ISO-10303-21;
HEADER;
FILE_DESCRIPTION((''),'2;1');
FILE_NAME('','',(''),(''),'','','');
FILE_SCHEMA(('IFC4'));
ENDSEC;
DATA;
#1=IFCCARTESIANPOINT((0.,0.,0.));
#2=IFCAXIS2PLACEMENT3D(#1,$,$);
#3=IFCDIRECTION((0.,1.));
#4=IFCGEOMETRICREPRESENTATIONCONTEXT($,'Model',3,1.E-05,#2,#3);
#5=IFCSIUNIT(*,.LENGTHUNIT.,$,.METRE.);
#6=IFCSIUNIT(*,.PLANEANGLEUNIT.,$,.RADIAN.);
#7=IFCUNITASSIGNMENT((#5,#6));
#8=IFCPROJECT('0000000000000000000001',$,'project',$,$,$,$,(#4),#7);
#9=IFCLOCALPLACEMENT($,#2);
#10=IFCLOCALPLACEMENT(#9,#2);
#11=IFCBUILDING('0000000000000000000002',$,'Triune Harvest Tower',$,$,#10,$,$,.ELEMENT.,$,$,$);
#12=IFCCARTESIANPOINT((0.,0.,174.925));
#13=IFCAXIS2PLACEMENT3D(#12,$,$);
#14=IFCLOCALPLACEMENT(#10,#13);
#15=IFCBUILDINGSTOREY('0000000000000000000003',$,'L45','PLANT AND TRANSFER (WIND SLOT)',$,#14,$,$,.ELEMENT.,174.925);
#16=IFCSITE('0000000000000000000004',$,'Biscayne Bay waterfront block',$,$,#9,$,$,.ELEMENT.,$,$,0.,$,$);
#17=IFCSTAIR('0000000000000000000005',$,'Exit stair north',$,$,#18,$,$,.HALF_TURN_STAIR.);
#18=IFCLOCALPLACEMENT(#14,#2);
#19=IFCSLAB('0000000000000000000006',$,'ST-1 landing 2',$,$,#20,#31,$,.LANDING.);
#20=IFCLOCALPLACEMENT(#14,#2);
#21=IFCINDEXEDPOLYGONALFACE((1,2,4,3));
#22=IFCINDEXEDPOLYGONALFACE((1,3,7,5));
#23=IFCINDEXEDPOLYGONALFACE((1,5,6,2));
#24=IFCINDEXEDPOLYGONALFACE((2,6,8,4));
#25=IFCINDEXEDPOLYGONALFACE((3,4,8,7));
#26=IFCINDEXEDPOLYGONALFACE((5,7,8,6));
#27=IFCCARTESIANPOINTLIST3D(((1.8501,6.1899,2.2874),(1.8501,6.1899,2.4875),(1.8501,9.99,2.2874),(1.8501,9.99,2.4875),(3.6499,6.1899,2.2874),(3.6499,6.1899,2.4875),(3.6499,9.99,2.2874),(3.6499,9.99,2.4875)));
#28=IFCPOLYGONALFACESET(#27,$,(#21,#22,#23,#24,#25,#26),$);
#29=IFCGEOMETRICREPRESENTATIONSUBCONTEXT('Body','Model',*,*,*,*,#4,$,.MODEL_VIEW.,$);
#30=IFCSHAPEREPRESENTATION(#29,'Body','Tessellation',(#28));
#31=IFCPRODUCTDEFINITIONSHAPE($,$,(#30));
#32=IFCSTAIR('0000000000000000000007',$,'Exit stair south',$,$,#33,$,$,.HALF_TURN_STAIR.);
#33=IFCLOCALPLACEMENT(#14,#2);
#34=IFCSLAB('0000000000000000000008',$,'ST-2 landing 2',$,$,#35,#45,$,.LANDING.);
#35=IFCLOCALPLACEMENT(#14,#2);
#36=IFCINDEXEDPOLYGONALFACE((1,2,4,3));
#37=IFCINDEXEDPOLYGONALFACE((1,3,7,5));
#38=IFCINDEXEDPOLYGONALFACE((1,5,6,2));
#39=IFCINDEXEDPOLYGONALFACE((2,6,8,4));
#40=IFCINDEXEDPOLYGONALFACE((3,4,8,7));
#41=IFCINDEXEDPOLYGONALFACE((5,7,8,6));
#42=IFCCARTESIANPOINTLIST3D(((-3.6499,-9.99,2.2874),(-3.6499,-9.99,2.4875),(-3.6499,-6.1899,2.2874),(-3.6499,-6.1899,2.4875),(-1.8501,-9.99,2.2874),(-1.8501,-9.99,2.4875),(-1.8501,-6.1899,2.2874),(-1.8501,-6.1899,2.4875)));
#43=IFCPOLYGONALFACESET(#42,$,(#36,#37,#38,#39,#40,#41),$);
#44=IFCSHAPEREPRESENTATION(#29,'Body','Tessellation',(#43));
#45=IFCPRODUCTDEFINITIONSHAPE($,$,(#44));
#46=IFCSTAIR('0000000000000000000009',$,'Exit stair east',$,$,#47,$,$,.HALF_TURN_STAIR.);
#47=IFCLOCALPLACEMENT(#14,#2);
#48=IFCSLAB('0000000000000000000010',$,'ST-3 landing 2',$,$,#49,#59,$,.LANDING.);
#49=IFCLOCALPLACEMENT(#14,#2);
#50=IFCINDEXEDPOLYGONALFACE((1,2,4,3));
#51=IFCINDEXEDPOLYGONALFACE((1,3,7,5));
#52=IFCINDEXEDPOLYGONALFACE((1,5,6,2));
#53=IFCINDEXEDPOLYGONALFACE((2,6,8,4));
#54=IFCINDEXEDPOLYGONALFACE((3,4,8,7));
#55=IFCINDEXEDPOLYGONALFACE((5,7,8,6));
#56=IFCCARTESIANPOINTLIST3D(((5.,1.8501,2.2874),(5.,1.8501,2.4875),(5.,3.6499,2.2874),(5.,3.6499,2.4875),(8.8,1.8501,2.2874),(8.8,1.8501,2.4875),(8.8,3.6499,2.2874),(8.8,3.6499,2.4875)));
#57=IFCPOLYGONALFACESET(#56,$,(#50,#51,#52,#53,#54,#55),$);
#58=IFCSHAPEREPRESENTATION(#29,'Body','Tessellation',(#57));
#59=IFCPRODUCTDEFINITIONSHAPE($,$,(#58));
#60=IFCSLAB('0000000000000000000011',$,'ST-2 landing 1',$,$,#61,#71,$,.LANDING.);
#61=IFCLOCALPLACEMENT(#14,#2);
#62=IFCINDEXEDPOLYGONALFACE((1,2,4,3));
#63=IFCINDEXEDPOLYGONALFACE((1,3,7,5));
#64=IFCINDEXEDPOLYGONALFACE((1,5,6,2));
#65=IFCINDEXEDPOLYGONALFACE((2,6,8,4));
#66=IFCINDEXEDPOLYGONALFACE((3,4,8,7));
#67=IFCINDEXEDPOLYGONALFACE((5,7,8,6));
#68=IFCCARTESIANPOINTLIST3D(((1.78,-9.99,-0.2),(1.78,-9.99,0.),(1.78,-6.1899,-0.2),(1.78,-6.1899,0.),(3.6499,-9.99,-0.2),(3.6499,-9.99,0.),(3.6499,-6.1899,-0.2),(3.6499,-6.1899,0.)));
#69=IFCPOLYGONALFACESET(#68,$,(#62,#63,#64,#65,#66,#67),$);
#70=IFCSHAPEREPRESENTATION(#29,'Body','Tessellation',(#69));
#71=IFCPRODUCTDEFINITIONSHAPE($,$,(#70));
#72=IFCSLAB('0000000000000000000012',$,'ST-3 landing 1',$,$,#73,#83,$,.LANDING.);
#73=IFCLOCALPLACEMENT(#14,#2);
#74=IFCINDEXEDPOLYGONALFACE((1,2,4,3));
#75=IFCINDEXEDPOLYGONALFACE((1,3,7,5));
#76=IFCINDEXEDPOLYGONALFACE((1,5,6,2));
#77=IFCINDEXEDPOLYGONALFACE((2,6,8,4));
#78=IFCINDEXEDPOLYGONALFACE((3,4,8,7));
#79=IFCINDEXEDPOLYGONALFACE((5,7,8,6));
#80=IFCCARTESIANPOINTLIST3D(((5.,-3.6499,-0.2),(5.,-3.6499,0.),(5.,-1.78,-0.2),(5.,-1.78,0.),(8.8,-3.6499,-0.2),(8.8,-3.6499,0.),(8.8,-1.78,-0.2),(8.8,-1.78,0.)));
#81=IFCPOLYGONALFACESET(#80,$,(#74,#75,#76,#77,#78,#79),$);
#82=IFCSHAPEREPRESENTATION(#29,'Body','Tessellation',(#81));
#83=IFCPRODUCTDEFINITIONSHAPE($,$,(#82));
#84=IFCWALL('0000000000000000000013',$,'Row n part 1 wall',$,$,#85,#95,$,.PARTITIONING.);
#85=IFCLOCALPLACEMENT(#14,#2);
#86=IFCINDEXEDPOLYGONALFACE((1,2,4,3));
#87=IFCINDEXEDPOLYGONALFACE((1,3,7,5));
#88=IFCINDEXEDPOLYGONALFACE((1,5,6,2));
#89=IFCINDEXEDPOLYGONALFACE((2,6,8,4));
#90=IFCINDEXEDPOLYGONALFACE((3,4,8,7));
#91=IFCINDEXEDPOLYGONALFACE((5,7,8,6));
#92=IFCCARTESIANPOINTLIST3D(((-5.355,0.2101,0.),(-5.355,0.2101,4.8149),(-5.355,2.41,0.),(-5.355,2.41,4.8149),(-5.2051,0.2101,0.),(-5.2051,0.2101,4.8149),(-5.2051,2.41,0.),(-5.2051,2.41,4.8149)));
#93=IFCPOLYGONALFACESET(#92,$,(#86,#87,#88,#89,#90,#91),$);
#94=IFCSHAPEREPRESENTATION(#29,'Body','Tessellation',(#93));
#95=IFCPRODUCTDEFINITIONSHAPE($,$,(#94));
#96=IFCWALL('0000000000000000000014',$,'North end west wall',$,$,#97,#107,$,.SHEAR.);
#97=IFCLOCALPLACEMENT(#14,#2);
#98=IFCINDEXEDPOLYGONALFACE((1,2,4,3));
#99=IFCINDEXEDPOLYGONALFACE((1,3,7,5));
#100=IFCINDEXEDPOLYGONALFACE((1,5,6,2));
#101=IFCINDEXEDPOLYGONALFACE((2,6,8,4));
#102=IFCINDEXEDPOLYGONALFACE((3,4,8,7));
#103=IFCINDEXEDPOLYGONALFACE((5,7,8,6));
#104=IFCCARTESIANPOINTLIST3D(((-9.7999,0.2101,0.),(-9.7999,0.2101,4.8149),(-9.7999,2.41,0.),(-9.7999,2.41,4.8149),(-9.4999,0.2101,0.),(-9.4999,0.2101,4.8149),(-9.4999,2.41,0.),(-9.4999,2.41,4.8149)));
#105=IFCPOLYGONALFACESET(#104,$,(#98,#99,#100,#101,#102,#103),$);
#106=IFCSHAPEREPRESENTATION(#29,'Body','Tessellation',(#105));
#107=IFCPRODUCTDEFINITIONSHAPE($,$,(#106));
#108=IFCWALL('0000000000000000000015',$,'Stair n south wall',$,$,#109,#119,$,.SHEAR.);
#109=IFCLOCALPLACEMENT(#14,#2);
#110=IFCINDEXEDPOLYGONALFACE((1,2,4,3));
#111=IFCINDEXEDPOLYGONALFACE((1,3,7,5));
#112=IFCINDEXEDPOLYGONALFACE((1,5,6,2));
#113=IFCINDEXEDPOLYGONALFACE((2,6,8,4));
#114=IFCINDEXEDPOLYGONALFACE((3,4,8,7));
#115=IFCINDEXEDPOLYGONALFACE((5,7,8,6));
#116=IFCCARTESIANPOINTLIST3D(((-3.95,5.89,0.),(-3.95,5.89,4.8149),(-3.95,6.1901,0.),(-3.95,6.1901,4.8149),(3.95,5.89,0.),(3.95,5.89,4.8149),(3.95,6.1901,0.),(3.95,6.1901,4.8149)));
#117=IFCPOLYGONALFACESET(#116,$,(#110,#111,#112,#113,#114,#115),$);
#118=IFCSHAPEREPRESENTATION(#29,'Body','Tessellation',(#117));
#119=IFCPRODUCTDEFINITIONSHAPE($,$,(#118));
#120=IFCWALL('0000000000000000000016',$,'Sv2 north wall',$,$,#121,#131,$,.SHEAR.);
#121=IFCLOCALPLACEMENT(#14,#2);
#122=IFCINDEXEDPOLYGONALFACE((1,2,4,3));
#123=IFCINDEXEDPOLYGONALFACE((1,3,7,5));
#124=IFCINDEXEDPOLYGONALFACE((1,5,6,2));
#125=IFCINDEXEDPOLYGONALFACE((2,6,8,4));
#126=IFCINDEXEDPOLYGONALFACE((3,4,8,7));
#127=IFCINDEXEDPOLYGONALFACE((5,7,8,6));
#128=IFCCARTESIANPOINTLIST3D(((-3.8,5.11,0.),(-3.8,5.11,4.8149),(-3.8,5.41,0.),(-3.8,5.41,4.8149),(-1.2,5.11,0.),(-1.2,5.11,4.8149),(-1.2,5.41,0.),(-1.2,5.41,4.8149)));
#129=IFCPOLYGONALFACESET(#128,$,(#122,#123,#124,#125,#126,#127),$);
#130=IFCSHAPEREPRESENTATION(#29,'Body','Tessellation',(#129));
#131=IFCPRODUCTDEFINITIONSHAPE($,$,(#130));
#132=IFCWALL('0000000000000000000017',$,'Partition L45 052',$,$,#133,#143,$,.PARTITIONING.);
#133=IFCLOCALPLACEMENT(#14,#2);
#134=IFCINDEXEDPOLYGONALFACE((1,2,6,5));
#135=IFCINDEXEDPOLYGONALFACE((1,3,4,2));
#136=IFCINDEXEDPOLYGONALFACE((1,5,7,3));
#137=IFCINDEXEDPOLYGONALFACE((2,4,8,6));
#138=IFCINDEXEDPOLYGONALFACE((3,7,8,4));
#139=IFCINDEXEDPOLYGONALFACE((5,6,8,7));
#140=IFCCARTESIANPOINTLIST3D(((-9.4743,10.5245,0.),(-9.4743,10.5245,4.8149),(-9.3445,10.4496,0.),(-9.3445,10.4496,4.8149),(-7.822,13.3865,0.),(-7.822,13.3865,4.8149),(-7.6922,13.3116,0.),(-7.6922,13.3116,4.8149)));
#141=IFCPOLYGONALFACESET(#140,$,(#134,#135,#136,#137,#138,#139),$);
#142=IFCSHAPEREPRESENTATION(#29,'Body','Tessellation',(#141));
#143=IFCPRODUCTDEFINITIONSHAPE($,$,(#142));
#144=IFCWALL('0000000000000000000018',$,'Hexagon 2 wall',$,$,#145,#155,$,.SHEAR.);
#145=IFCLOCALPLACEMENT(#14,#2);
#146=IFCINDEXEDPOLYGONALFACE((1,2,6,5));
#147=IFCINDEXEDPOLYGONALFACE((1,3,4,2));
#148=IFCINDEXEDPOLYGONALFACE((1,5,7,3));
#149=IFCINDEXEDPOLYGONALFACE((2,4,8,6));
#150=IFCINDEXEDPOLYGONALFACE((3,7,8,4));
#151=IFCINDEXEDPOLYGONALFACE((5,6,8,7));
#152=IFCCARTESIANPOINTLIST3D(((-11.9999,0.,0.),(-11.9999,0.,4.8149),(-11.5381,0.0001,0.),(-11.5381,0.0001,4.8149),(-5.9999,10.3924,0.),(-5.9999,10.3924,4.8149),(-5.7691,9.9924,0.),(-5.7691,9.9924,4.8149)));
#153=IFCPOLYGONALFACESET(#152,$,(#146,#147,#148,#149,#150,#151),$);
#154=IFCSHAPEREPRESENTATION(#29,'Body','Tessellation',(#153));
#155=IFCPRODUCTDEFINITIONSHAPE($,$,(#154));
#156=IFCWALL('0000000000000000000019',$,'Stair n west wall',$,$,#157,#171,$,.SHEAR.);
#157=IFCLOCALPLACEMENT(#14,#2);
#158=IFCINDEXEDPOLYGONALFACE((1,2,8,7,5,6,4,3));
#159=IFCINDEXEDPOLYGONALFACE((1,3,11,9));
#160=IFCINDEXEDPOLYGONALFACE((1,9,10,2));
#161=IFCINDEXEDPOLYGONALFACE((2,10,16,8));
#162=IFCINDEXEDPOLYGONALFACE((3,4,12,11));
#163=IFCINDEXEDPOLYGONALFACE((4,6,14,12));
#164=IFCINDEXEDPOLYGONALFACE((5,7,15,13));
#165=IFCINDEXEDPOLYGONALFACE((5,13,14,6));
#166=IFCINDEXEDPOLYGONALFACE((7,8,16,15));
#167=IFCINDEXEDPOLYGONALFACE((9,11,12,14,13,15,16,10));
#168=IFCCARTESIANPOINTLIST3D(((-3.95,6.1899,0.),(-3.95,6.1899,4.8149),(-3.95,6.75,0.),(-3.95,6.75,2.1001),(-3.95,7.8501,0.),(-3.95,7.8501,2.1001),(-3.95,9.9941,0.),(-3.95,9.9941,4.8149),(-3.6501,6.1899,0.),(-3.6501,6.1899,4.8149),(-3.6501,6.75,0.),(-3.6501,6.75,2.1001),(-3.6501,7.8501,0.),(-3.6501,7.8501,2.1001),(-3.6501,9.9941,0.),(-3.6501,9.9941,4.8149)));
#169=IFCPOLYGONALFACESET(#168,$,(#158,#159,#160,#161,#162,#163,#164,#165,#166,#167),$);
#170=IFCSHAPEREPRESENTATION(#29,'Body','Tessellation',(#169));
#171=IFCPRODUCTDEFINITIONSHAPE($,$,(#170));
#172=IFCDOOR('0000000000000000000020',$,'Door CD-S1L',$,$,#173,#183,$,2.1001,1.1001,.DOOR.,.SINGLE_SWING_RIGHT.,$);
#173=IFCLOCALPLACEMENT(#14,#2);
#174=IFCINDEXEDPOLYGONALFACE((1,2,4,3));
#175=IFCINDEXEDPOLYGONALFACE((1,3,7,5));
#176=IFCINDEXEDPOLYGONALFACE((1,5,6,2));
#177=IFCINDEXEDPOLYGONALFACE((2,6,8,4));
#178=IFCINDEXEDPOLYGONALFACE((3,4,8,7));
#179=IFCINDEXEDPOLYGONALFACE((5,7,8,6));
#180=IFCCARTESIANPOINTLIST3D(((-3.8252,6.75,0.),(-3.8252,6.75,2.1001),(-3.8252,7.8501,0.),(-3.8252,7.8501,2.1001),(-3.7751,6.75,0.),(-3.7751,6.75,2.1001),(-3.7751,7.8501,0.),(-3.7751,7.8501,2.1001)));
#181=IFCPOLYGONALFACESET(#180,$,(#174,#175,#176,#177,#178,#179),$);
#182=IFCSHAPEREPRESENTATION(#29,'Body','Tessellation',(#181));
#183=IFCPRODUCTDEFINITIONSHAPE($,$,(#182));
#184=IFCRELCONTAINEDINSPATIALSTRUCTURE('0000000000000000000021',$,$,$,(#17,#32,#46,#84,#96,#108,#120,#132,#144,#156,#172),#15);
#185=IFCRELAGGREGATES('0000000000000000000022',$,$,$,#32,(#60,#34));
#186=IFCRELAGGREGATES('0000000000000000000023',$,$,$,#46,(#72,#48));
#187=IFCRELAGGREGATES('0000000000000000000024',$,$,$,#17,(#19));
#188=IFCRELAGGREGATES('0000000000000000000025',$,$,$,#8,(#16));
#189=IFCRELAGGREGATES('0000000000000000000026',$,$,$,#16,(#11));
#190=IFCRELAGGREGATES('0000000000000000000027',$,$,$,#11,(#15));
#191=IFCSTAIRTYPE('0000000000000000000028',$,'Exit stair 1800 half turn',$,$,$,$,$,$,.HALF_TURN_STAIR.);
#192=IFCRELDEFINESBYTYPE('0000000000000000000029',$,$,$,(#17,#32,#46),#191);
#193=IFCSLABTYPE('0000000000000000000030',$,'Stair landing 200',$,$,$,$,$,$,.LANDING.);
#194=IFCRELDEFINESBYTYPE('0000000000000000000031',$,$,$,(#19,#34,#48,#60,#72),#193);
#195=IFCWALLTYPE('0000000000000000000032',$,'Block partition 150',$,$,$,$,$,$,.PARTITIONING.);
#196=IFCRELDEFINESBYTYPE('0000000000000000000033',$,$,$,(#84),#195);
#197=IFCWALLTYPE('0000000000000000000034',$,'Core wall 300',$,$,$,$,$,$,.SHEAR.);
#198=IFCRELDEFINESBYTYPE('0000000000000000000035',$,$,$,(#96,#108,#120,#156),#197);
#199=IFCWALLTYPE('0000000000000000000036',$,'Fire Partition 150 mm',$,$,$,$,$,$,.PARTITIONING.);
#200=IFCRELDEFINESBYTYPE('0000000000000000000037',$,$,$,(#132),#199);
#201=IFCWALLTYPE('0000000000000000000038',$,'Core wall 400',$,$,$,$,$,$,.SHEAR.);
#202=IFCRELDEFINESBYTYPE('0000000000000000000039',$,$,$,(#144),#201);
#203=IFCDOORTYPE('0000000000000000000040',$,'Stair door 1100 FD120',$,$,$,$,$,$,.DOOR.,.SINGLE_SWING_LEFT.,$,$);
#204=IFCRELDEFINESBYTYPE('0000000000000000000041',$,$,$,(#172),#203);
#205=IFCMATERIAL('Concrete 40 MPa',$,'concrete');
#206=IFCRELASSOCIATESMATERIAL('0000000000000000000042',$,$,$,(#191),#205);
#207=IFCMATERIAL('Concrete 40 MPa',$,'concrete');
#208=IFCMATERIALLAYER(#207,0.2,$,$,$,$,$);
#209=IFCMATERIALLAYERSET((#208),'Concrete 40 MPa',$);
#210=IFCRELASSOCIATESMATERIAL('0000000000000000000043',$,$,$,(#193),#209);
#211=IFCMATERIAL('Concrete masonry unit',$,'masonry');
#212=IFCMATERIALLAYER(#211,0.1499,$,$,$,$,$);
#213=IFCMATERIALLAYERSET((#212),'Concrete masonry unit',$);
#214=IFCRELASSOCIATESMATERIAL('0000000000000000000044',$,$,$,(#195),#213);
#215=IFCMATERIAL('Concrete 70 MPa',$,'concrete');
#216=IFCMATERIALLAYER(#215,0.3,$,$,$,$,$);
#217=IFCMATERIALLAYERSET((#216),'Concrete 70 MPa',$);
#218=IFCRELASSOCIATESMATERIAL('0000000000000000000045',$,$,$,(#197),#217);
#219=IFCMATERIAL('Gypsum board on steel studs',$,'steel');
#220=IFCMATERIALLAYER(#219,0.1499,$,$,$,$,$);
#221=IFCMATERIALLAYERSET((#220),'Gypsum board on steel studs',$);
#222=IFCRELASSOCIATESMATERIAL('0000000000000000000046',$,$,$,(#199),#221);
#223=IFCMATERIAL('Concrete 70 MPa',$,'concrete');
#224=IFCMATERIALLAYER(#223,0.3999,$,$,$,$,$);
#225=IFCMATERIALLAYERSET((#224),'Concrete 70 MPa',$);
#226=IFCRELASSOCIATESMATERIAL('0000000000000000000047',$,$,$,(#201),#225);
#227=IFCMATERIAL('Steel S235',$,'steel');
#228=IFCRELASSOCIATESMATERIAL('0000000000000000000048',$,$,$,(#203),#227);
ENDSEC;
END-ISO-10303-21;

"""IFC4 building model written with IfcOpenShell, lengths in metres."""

from ifc_helpers import new_model, si_unit, direction, frame, frame_2d, origin, place, context, subcontext, project, spatial, polyline, rectangle, outline, extrude, source, transform, mapped, material, layer, layer_set, type_object, element, fill, aggregate, save


model = new_model("IFC4")

# Units and contexts
model_context = context("Model", 3, precision=1e-05, world=origin(), true_north=direction((0.0, 1.0)))
body_context = subcontext(model_context, "Body", "Model", "MODEL_VIEW")
ifc_project = project(units=[si_unit("LENGTHUNIT", "METRE"), si_unit("PLANEANGLEUNIT", "RADIAN")], contexts=[model_context])

# Site, building, storey
site_placement = place(None, origin())
site = spatial("IfcSite", under=ifc_project, at=site_placement, Name="Biscayne Bay waterfront block", CompositionType="ELEMENT", RefElevation=0.0)
building_placement = place(site_placement, origin())
building = spatial("IfcBuilding", under=site, at=building_placement, Name="Triune Harvest Tower", CompositionType="ELEMENT")
storey_placement = place(building_placement, frame((0.0, 0.0, 174.925)))
storey = spatial("IfcBuildingStorey", under=building, at=storey_placement, Name="L45", Description="PLANT AND TRANSFER (WIND SLOT)", CompositionType="ELEMENT", Elevation=174.925)

# Stairs, slabs
ifc_material_1 = material(Name="Concrete 40 MPa", Category="concrete")
stair_type = type_object("IfcStairType", Name="Exit stair 1800 half turn", PredefinedType="HALF_TURN_STAIR", material=ifc_material_1)
stair_1_placement = place(storey_placement, origin())
stair_1 = element("IfcStair", 1, at=stair_1_placement, inside=storey, type_object=stair_type, Name="Exit stair north", PredefinedType="HALF_TURN_STAIR")
ifc_material_2 = material(Name="Concrete 40 MPa", Category="concrete")
ifc_layer_1 = layer(ifc_material_2, 0.2)
ifc_layer_set_1 = layer_set([ifc_layer_1], Name="Concrete 40 MPa")
slab_type = type_object("IfcSlabType", Name="Stair landing 200", PredefinedType="LANDING", material=ifc_layer_set_1)
slab_1_placement = place(storey_placement, frame((0.0, 0.0, 2.2874)))
slab_1 = element("IfcSlab", 2, at=slab_1_placement, type_object=slab_type, Name="ST-1 landing 2", PredefinedType="LANDING", context=body_context, shape_type="SweptSolid", body=[
    extrude(outline(polyline([(1.8501, 6.1899), (3.6499, 6.1899), (3.6499, 9.99), (1.8501, 9.99), (1.8501, 6.1899)])), origin(), (0.0, 0.0, 1.0), 0.2002),
])
stair_2_placement = place(storey_placement, origin())
stair_2 = element("IfcStair", 3, at=stair_2_placement, inside=storey, type_object=stair_type, Name="Exit stair south", PredefinedType="HALF_TURN_STAIR")
slab_2_placement = place(storey_placement, frame((0.0, 0.0, 2.2874)))
slab_2 = element("IfcSlab", 4, at=slab_2_placement, type_object=slab_type, Name="ST-2 landing 2", PredefinedType="LANDING", context=body_context, shape_type="SweptSolid", body=[
    extrude(outline(polyline([(-1.8501, -6.1899), (-3.6499, -6.1899), (-3.6499, -9.99), (-1.8501, -9.99), (-1.8501, -6.1899)])), origin(), (0.0, 0.0, 1.0), 0.2002),
])
stair_3_placement = place(storey_placement, origin())
stair_3 = element("IfcStair", 5, at=stair_3_placement, inside=storey, type_object=stair_type, Name="Exit stair east", PredefinedType="HALF_TURN_STAIR")
slab_3_placement = place(storey_placement, frame((0.0, 0.0, 2.2874)))
slab_3 = element("IfcSlab", 6, at=slab_3_placement, type_object=slab_type, Name="ST-3 landing 2", PredefinedType="LANDING", context=body_context, shape_type="SweptSolid", body=[
    extrude(outline(polyline([(8.8, 1.8501), (8.8, 3.6499), (5.0, 3.6499), (5.0, 1.8501), (8.8, 1.8501)])), origin(), (0.0, 0.0, 1.0), 0.2002),
])

# Slabs
shared_shape_1 = source(origin(), body_context, "Body", "SweptSolid", [
    extrude(outline(polyline([(3.6499, -6.1899), (1.78, -6.1899), (1.78, -9.99), (3.6499, -9.99), (3.6499, -6.1899)])), origin(), (0.0, 0.0, 1.0), 0.2),
])
slab_4_placement = place(storey_placement, frame((0.0, 0.0, -0.2)))
slab_4 = element("IfcSlab", 7, at=slab_4_placement, type_object=slab_type, Name="ST-2 landing 1", PredefinedType="LANDING", context=body_context, shape_type="MappedRepresentation", body=[
    mapped(shared_shape_1, transform((0.0, 0.0, 0.0), scale=1.0)),
])
aggregate(stair_2, [slab_4, slab_2])
shared_shape_2 = source(origin(), body_context, "Body", "SweptSolid", [
    extrude(outline(polyline([(8.8, -3.6499), (8.8, -1.78), (5.0, -1.78), (5.0, -3.6499), (8.8, -3.6499)])), origin(), (0.0, 0.0, 1.0), 0.2),
])
slab_5_placement = place(storey_placement, frame((0.0, 0.0, -0.2)))
slab_5 = element("IfcSlab", 8, at=slab_5_placement, type_object=slab_type, Name="ST-3 landing 1", PredefinedType="LANDING", context=body_context, shape_type="MappedRepresentation", body=[
    mapped(shared_shape_2, transform((0.0, 0.0, 0.0), scale=1.0)),
])
aggregate(stair_3, [slab_5, slab_3])

# Walls
ifc_material_3 = material(Name="Concrete masonry unit", Category="masonry")
ifc_layer_2 = layer(ifc_material_3, 0.1499)
ifc_layer_set_2 = layer_set([ifc_layer_2], Name="Concrete masonry unit")
wall_type_1 = type_object("IfcWallType", Name="Block partition 150", PredefinedType="PARTITIONING", material=ifc_layer_set_2)
wall_1_placement = place(storey_placement, frame((-5.28, 0.21, 0.0), z_axis=(0.0, 0.0, 1.0), x_axis=(0.0, 1.0, 0.0)))
element("IfcWall", 9, at=wall_1_placement, inside=storey, type_object=wall_type_1, Name="Row n part 1 wall", PredefinedType="PARTITIONING", context=body_context, shape_type="SweptSolid", body=[
    extrude(rectangle(XDim=2.2, YDim=0.1499, at=frame_2d((1.1001, 0.0))), origin(), (0.0, 0.0, 1.0), 4.8149),
])
ifc_material_4 = material(Name="Concrete 70 MPa", Category="concrete")
ifc_layer_3 = layer(ifc_material_4, 0.3)
ifc_layer_set_3 = layer_set([ifc_layer_3], Name="Concrete 70 MPa")
wall_type_2 = type_object("IfcWallType", Name="Core wall 300", PredefinedType="SHEAR", material=ifc_layer_set_3)
wall_2_placement = place(storey_placement, frame((-9.6499, 0.21, 0.0), z_axis=(0.0, 0.0, 1.0), x_axis=(0.0, 1.0, 0.0)))
element("IfcWall", 10, at=wall_2_placement, inside=storey, type_object=wall_type_2, Name="North end west wall", PredefinedType="SHEAR", context=body_context, shape_type="SweptSolid", body=[
    extrude(rectangle(XDim=2.2, YDim=0.3, at=frame_2d((1.1001, 0.0))), origin(), (0.0, 0.0, 1.0), 4.8149),
])
wall_3_placement = place(storey_placement, frame((-3.95, 6.04, 0.0), z_axis=(0.0, 0.0, 1.0), x_axis=(1.0, 0.0, 0.0)))
element("IfcWall", 11, at=wall_3_placement, inside=storey, type_object=wall_type_2, Name="Stair n south wall", PredefinedType="SHEAR", context=body_context, shape_type="SweptSolid", body=[
    extrude(rectangle(XDim=7.8999, YDim=0.3, at=frame_2d((3.95, 0.0))), origin(), (0.0, 0.0, 1.0), 4.8149),
])
wall_4_placement = place(storey_placement, frame((-3.8, 5.26, 0.0), z_axis=(0.0, 0.0, 1.0), x_axis=(1.0, 0.0, 0.0)))
element("IfcWall", 12, at=wall_4_placement, inside=storey, type_object=wall_type_2, Name="Sv2 north wall", PredefinedType="SHEAR", context=body_context, shape_type="SweptSolid", body=[
    extrude(rectangle(XDim=2.6001, YDim=0.3, at=frame_2d((1.3, 0.0))), origin(), (0.0, 0.0, 1.0), 4.8149),
])
ifc_material_5 = material(Name="Gypsum board on steel studs", Category="steel")
ifc_layer_4 = layer(ifc_material_5, 0.1499)
ifc_layer_set_4 = layer_set([ifc_layer_4], Name="Gypsum board on steel studs")
wall_type_3 = type_object("IfcWallType", Name="Fire Partition 150 mm", PredefinedType="PARTITIONING", material=ifc_layer_set_4)
wall_5_placement = place(storey_placement, frame((-9.4094, 10.4871, 0.0), z_axis=(0.0, 0.0, 1.0), x_axis=(0.499985, 0.866034, 0.0)))
element("IfcWall", 13, at=wall_5_placement, inside=storey, type_object=wall_type_3, Name="Partition L45 052", PredefinedType="PARTITIONING", context=body_context, shape_type="SweptSolid", body=[
    extrude(rectangle(XDim=3.3047, YDim=0.1499, at=frame_2d((1.6523, 0.0))), origin(), (0.0, 0.0, 1.0), 4.8149),
])
ifc_material_6 = material(Name="Concrete 70 MPa", Category="concrete")
ifc_layer_5 = layer(ifc_material_6, 0.3999)
ifc_layer_set_5 = layer_set([ifc_layer_5], Name="Concrete 70 MPa")
wall_type_4 = type_object("IfcWallType", Name="Core wall 400", PredefinedType="SHEAR", material=ifc_layer_set_5)
shared_shape_3 = source(origin(), body_context, "Body", "SweptSolid", [
    extrude(outline(polyline([(-0.1155, -0.2), (11.8845, -0.2), (11.6536, 0.2), (0.1155, 0.2), (-0.1155, -0.2)])), origin(), (0.0, 0.0, 1.0), 4.8149),
])
wall_6_placement = place(storey_placement, frame((-5.8845, 10.1924, 0.0), z_axis=(0.0, 0.0, 1.0), x_axis=(-0.499997, -0.866027, 0.0)))
element("IfcWall", 14, at=wall_6_placement, inside=storey, type_object=wall_type_4, Name="Hexagon 2 wall", PredefinedType="SHEAR", context=body_context, shape_type="MappedRepresentation", body=[
    mapped(shared_shape_3, transform((0.0, 0.0, 0.0), scale=1.0)),
])

# Wall, opening, door
shared_shape_4 = source(origin(), body_context, "Body", "SweptSolid", [
    extrude(outline(polyline([(0.0, -0.1499), (0.0, 0.1499), (3.8042, 0.1499), (3.8042, -0.1499), (0.0, -0.1499)])), origin(), (0.0, 0.0, 1.0), 4.8149),
])
wall_7_placement = place(storey_placement, frame((-3.8, 6.1899, 0.0), z_axis=(0.0, 0.0, 1.0), x_axis=(0.0, 1.0, 0.0)))
wall_7 = element("IfcWall", 15, at=wall_7_placement, inside=storey, type_object=wall_type_2, Name="Stair n west wall", PredefinedType="SHEAR", context=body_context, shape_type="MappedRepresentation", body=[
    mapped(shared_shape_4, transform((0.0, 0.0, 0.0), scale=1.0)),
])
opening_1_placement = place(wall_7_placement, frame((0.5601, 0.0, 0.0)))
opening_1 = element("IfcOpeningElement", 16, at=opening_1_placement, cuts=wall_7, PredefinedType="OPENING", context=body_context, shape_type="SweptSolid", body=[
    extrude(rectangle(XDim=1.1001, YDim=2.1001, at=frame_2d((0.55, 1.05))), frame((0.0, 0.1602, 0.0), z_axis=(0.0, -1.0, 0.0), x_axis=(1.0, 0.0, 0.0)), (0.0, 0.0, 1.0), 0.3201),
])
ifc_material_7 = material(Name="Steel S235", Category="steel")
door_type_1 = type_object("IfcDoorType", Name="Stair door 1100 FD120", OperationType="SINGLE_SWING_LEFT", PredefinedType="DOOR", material=ifc_material_7)
door_1_placement = place(opening_1_placement, frame((1.1001, 0.0, 0.0), z_axis=(0.0, 0.0, 1.0), x_axis=(-1.0, 0.0, 0.0)))
door_1 = element("IfcDoor", 17, at=door_1_placement, inside=storey, type_object=door_type_1, Name="Door CD-S1L", OperationType="SINGLE_SWING_RIGHT", OverallHeight=2.1001, OverallWidth=1.1001, PredefinedType="DOOR", context=body_context, shape_type="SweptSolid", body=[
    extrude(rectangle(XDim=1.1001, YDim=2.1001, at=frame_2d((0.55, 1.05))), frame((0.0, 0.0249, 0.0), z_axis=(0.0, -1.0, 0.0), x_axis=(1.0, 0.0, 0.0)), (0.0, 0.0, 1.0), 0.05),
])
fill(opening_1, door_1)

aggregate(stair_1, [slab_1])

save(model, "model.ifc")
